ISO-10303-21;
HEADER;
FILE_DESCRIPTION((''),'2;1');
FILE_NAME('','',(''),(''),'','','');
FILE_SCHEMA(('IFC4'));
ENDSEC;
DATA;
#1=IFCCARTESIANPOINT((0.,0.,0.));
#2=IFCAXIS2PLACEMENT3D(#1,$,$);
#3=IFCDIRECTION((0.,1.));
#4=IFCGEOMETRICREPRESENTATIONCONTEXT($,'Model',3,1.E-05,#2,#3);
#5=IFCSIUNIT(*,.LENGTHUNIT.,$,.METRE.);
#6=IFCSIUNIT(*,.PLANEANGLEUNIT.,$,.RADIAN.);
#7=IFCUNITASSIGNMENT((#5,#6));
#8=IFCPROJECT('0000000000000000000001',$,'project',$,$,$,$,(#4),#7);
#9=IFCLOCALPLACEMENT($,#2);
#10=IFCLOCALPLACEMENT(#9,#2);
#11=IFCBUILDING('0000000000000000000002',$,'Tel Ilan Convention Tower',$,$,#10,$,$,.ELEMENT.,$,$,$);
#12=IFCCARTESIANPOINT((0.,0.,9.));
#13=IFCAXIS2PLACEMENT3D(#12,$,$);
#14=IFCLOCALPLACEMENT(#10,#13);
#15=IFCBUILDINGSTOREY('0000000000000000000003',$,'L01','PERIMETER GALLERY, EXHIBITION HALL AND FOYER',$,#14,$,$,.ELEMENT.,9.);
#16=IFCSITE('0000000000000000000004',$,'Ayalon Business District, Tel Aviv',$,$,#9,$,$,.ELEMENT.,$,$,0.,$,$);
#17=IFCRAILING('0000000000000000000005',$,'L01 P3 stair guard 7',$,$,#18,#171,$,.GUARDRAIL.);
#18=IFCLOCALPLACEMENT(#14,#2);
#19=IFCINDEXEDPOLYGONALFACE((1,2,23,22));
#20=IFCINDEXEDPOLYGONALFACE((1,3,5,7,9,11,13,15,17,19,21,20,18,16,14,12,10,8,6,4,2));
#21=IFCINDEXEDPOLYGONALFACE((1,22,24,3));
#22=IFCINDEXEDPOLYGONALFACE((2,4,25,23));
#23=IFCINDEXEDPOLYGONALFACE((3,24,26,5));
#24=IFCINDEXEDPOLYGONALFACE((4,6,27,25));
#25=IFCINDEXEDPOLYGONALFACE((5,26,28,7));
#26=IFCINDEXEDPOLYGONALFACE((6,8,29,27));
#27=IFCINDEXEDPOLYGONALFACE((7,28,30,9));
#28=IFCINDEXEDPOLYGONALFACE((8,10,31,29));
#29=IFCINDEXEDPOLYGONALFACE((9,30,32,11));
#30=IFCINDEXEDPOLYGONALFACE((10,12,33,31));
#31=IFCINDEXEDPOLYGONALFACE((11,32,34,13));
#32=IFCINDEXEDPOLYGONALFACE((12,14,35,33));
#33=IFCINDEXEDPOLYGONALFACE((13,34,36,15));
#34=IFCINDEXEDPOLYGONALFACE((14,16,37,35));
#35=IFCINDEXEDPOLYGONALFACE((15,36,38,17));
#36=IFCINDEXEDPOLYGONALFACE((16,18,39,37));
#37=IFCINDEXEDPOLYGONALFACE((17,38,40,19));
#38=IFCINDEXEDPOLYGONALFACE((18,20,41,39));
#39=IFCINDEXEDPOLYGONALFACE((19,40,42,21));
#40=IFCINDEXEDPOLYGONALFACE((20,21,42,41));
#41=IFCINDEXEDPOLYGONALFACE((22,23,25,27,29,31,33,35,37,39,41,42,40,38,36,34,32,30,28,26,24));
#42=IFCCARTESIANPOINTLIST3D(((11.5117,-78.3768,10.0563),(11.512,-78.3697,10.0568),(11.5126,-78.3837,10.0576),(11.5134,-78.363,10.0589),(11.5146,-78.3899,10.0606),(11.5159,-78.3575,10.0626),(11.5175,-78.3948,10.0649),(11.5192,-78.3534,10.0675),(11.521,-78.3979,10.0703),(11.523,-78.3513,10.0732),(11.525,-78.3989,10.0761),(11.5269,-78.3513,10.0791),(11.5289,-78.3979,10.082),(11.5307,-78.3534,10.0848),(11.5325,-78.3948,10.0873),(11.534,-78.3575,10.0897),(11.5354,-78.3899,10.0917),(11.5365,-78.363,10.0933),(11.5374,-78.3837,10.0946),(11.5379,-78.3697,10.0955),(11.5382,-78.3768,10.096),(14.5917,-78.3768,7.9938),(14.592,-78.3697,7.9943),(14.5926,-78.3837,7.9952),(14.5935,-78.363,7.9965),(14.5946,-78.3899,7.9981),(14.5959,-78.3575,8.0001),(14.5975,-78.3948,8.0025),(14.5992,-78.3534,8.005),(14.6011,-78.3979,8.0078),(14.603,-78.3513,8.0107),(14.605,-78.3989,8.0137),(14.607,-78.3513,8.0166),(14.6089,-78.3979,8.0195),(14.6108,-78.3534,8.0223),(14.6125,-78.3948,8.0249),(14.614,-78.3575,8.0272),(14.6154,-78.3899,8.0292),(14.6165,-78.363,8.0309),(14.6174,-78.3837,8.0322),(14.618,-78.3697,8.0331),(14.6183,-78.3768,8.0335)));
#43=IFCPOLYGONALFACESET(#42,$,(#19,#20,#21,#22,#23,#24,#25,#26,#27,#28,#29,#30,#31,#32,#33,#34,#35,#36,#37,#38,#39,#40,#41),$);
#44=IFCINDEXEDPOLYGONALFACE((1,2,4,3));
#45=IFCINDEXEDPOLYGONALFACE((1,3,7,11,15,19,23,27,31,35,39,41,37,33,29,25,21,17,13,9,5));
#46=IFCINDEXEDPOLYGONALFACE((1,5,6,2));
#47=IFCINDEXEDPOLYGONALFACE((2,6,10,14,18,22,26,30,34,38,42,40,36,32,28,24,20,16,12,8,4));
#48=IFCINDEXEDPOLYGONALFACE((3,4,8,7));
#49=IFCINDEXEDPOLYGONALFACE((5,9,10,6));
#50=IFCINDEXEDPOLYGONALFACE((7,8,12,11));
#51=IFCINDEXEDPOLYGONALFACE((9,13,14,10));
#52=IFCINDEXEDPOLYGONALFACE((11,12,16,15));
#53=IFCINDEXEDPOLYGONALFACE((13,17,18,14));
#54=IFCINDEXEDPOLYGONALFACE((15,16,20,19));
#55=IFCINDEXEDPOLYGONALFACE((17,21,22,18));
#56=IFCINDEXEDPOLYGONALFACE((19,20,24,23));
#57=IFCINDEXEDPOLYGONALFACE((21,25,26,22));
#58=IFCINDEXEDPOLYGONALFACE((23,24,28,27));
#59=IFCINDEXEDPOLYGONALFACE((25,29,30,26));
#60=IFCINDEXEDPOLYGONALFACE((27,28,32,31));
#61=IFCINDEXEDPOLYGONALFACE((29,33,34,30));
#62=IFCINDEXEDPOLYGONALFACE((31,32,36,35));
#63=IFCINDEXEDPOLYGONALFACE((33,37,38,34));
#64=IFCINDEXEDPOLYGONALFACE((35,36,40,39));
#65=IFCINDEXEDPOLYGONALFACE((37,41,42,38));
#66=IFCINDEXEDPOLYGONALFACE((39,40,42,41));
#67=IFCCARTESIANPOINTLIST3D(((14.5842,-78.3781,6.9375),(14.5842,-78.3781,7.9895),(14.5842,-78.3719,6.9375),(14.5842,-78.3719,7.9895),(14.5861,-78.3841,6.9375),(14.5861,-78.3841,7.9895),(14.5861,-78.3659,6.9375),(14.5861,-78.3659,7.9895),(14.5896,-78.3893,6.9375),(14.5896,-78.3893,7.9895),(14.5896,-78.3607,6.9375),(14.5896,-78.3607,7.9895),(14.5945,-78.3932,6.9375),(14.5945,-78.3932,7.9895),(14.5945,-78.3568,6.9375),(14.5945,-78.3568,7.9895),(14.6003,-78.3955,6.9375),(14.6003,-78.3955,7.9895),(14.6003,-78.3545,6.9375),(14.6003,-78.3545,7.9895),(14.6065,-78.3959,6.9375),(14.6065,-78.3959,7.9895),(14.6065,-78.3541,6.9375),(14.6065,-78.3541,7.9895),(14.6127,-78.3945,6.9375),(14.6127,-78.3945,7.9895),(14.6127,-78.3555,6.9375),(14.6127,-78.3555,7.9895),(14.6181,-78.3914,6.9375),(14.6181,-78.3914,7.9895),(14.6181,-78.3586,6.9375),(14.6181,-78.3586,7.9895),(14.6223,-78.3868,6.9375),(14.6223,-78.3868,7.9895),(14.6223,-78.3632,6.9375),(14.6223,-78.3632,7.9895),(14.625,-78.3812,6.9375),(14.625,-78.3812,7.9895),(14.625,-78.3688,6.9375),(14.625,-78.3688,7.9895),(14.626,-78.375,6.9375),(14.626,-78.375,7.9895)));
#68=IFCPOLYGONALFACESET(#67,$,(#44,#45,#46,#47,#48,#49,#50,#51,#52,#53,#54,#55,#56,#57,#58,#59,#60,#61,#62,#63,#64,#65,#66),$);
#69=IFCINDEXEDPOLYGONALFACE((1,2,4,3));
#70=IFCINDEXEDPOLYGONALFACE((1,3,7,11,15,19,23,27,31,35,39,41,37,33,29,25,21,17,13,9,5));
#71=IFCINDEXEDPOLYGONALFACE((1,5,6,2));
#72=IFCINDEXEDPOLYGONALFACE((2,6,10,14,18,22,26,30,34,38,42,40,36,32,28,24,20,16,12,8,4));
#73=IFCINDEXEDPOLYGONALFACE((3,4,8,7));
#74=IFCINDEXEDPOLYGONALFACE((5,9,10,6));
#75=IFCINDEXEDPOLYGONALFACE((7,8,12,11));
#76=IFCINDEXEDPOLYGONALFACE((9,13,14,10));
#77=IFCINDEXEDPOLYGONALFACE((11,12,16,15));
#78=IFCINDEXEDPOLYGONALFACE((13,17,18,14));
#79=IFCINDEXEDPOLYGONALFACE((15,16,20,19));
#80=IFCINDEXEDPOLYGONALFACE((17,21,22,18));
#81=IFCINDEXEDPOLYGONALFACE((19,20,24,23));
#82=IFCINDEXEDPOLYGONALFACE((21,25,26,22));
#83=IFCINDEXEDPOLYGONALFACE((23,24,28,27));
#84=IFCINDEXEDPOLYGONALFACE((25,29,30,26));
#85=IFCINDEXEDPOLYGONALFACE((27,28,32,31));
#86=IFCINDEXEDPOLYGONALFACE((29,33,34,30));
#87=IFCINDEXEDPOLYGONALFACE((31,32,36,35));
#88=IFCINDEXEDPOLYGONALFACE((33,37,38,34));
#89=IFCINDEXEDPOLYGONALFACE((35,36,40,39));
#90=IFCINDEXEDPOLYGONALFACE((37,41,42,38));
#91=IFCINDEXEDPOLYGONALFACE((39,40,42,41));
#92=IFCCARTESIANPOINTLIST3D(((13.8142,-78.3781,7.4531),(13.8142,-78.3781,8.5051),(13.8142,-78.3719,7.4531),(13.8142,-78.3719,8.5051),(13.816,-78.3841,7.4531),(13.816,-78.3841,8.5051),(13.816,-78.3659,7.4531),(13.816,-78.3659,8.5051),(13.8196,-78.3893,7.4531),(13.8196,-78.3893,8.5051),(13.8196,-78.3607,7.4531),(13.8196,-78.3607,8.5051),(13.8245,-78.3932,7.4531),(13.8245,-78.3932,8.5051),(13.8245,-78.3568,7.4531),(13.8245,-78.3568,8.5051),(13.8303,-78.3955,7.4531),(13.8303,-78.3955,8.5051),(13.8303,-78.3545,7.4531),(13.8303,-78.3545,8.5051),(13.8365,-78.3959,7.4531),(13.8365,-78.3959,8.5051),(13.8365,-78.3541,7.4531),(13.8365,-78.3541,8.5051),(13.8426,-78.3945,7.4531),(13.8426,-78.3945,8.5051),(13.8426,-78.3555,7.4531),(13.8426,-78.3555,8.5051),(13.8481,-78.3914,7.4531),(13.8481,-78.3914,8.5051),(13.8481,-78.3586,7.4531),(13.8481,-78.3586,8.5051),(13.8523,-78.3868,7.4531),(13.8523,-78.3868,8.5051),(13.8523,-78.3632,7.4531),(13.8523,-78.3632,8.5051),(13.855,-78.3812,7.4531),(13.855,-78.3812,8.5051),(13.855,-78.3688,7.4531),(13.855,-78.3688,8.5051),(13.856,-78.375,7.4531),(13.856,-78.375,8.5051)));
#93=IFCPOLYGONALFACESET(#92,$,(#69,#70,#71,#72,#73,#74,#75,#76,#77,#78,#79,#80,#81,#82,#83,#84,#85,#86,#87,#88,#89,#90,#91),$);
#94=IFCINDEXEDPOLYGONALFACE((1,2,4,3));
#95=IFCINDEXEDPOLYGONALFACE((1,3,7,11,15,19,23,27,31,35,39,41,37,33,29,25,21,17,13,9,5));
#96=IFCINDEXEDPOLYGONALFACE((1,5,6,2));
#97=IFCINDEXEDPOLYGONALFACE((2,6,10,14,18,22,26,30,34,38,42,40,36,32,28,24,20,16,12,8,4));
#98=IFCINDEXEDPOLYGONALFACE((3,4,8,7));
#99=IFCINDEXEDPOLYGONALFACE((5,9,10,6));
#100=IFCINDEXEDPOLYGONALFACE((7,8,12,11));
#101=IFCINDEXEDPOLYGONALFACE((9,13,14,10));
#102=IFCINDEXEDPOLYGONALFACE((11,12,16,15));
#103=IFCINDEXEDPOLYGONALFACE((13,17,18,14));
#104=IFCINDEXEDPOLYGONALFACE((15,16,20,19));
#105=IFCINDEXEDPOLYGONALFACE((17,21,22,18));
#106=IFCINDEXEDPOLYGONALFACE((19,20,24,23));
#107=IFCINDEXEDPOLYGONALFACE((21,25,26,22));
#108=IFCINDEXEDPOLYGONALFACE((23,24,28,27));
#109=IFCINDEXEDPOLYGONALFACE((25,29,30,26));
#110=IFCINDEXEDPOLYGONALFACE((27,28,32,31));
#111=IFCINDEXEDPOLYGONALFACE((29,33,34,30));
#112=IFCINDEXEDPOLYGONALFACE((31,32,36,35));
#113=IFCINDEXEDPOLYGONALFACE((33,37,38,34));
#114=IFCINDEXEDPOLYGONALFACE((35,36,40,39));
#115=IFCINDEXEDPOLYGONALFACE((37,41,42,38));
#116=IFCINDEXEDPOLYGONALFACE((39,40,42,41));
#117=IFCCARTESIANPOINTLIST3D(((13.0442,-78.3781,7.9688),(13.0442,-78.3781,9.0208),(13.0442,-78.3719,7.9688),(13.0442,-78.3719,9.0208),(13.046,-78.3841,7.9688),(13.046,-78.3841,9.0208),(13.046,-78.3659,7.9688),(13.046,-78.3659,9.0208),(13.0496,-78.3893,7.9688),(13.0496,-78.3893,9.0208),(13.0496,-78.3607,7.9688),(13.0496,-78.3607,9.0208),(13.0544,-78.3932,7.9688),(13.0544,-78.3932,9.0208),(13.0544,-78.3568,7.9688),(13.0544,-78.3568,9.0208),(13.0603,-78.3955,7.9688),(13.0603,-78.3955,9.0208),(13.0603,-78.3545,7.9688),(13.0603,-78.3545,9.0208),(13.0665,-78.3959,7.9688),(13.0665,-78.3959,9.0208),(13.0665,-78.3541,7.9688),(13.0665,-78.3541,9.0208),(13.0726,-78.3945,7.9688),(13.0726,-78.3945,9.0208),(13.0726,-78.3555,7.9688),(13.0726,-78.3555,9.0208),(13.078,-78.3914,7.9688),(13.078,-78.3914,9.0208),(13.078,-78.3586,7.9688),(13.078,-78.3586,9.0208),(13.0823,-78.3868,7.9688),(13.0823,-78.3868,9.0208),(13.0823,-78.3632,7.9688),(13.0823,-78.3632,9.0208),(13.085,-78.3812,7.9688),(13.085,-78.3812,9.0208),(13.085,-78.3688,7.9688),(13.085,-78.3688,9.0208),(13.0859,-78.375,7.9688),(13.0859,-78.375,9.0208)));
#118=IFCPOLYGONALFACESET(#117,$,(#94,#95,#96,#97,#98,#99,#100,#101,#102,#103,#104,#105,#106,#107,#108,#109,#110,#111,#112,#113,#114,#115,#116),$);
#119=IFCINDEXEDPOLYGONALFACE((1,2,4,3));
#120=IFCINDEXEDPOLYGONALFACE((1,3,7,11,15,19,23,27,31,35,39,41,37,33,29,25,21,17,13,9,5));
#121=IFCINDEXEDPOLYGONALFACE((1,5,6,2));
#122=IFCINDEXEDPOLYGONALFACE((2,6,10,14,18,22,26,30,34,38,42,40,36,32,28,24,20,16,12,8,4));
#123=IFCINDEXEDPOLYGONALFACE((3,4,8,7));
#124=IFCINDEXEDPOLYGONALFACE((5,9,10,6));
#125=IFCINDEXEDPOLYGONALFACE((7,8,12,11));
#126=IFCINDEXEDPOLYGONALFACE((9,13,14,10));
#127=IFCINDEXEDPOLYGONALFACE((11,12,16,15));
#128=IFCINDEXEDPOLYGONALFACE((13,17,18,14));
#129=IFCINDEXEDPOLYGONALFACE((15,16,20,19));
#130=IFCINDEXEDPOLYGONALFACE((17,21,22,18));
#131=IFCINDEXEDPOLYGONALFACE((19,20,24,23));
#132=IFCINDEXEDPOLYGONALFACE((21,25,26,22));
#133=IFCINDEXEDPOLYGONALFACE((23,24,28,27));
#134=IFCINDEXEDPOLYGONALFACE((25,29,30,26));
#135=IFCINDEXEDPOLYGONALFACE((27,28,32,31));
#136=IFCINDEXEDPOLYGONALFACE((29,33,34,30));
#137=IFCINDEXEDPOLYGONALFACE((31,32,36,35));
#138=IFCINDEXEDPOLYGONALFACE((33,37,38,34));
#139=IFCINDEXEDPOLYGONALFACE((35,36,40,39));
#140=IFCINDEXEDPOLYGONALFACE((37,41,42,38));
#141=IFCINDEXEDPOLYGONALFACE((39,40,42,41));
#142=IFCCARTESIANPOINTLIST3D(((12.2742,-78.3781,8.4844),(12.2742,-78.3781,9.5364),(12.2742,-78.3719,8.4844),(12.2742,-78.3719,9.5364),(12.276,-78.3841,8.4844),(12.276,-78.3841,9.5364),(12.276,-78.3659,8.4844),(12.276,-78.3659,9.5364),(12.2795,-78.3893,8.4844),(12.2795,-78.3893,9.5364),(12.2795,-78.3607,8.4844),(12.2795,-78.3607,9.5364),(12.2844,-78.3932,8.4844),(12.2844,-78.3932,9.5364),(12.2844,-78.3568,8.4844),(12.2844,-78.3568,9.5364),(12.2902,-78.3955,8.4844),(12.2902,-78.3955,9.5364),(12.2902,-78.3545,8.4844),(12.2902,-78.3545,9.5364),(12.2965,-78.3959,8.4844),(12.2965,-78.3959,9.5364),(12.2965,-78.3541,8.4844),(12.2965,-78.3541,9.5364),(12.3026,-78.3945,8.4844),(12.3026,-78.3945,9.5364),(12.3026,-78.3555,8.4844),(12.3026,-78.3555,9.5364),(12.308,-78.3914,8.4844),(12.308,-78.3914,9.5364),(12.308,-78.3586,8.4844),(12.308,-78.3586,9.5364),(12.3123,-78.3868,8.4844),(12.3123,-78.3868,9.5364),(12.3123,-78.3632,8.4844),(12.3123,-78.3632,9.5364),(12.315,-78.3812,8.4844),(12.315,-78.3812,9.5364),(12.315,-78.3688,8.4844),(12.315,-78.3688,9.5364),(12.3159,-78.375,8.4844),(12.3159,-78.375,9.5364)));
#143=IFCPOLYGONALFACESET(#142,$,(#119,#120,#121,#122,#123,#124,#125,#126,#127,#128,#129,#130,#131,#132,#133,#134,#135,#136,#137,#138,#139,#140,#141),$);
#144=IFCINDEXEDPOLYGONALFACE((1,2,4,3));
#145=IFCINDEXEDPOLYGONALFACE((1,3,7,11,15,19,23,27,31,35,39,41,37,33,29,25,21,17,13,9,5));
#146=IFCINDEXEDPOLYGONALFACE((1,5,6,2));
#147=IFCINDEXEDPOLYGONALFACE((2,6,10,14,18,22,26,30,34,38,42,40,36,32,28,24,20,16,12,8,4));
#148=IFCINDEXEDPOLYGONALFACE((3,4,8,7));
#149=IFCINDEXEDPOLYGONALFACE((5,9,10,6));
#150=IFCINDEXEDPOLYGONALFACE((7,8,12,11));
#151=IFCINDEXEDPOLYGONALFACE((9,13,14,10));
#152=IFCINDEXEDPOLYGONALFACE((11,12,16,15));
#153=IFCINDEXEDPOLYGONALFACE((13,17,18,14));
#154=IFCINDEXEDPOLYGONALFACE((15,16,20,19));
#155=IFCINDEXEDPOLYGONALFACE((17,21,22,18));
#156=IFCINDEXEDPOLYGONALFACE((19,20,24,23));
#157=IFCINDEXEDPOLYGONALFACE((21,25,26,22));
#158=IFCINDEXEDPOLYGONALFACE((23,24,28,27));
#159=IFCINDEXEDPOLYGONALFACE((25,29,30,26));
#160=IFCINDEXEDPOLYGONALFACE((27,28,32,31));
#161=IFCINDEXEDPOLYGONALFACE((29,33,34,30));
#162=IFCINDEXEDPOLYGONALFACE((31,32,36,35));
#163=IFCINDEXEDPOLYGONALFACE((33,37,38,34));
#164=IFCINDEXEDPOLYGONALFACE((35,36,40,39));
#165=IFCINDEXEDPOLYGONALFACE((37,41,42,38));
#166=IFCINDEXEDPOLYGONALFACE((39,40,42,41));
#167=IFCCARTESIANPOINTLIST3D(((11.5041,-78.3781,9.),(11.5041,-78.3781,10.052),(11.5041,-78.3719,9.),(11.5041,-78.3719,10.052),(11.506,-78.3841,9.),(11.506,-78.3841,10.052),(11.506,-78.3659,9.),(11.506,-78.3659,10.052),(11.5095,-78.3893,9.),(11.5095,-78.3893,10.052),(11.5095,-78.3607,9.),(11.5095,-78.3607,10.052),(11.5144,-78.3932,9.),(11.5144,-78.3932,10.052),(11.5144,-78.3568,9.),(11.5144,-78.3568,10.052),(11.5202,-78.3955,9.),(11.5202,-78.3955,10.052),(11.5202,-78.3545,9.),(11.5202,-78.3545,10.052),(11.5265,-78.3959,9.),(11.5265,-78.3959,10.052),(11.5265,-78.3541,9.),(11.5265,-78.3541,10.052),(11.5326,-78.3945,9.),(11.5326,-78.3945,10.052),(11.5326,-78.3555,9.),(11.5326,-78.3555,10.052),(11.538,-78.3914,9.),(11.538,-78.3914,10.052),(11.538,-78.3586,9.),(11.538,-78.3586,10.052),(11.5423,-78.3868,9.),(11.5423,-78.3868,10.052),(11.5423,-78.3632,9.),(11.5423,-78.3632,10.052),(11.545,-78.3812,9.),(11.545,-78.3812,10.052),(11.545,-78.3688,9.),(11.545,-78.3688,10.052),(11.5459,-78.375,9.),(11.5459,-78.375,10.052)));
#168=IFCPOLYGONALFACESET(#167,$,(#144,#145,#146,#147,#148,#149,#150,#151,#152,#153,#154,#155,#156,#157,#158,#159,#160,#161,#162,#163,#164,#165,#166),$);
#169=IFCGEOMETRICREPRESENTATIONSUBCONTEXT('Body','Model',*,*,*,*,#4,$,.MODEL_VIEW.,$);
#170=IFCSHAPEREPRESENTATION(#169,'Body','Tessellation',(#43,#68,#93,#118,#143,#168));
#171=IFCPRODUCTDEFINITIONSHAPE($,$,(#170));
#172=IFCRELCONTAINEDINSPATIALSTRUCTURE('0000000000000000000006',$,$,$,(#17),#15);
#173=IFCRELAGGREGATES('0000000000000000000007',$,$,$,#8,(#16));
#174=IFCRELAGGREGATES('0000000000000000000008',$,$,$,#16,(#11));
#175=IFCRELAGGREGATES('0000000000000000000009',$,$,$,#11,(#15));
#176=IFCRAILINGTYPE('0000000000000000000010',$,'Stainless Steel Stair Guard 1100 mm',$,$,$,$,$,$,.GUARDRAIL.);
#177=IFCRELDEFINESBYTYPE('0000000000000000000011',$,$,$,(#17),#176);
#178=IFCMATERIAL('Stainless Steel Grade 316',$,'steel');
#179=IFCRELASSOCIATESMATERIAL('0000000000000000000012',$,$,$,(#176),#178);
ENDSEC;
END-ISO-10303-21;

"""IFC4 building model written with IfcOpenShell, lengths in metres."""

from ifc_helpers import new_model, si_unit, direction, frame, origin, origin_2d, place, context, subcontext, project, spatial, circle, extrude, material, type_object, element, save


model = new_model("IFC4")

# Units and contexts
model_context = context("Model", 3, precision=1e-05, world=origin(), true_north=direction((0.0, 1.0)))
body_context = subcontext(model_context, "Body", "Model", "MODEL_VIEW")
ifc_project = project(units=[si_unit("LENGTHUNIT", "METRE"), si_unit("PLANEANGLEUNIT", "RADIAN")], contexts=[model_context])

# Site, building, storey
site_placement = place(None, origin())
site = spatial("IfcSite", under=ifc_project, at=site_placement, Name="Ayalon Business District, Tel Aviv", CompositionType="ELEMENT", RefElevation=0.0)
building_placement = place(site_placement, origin())
building = spatial("IfcBuilding", under=site, at=building_placement, Name="Tel Ilan Convention Tower", CompositionType="ELEMENT")
storey_placement = place(building_placement, frame((0.0, 0.0, 9.0)))
storey = spatial("IfcBuildingStorey", under=building, at=storey_placement, Name="L01", Description="PERIMETER GALLERY, EXHIBITION HALL AND FOYER", CompositionType="ELEMENT", Elevation=9.0)

# Railing
ifc_material_1 = material(Name="Stainless Steel Grade 316", Category="steel")
railing_type_1 = type_object("IfcRailingType", Name="Stainless Steel Stair Guard 1100 mm", PredefinedType="GUARDRAIL", material=ifc_material_1)
railing_1_placement = place(storey_placement, frame((14.605, -78.375, 6.9375)))
element("IfcRailing", 1, at=railing_1_placement, inside=storey, type_object=railing_type_1, Name="L01 P3 stair guard 7", PredefinedType="GUARDRAIL", context=body_context, shape_type="SweptSolid", body=[
    extrude(circle(Radius=0.0239, at=origin_2d()), frame((0.0, 0.0, 1.0762), z_axis=(-0.830914, 0.0, 0.556401), x_axis=(0.0, -1.0, 0.0)), (0.0, 0.0, 1.0), 3.7068),
    extrude(circle(Radius=0.021, at=origin_2d()), origin(), (0.0, 0.0, 1.0), 1.052),
    extrude(circle(Radius=0.021, at=origin_2d()), frame((-0.77, 0.0, 0.5156)), (0.0, 0.0, 1.0), 1.052),
    extrude(circle(Radius=0.021, at=origin_2d()), frame((-1.54, 0.0, 1.0312)), (0.0, 0.0, 1.0), 1.052),
    extrude(circle(Radius=0.021, at=origin_2d()), frame((-2.3101, 0.0, 1.5469)), (0.0, 0.0, 1.0), 1.052),
    extrude(circle(Radius=0.021, at=origin_2d()), frame((-3.0801, 0.0, 2.0625)), (0.0, 0.0, 1.0), 1.052),
])

save(model, "model.ifc")
